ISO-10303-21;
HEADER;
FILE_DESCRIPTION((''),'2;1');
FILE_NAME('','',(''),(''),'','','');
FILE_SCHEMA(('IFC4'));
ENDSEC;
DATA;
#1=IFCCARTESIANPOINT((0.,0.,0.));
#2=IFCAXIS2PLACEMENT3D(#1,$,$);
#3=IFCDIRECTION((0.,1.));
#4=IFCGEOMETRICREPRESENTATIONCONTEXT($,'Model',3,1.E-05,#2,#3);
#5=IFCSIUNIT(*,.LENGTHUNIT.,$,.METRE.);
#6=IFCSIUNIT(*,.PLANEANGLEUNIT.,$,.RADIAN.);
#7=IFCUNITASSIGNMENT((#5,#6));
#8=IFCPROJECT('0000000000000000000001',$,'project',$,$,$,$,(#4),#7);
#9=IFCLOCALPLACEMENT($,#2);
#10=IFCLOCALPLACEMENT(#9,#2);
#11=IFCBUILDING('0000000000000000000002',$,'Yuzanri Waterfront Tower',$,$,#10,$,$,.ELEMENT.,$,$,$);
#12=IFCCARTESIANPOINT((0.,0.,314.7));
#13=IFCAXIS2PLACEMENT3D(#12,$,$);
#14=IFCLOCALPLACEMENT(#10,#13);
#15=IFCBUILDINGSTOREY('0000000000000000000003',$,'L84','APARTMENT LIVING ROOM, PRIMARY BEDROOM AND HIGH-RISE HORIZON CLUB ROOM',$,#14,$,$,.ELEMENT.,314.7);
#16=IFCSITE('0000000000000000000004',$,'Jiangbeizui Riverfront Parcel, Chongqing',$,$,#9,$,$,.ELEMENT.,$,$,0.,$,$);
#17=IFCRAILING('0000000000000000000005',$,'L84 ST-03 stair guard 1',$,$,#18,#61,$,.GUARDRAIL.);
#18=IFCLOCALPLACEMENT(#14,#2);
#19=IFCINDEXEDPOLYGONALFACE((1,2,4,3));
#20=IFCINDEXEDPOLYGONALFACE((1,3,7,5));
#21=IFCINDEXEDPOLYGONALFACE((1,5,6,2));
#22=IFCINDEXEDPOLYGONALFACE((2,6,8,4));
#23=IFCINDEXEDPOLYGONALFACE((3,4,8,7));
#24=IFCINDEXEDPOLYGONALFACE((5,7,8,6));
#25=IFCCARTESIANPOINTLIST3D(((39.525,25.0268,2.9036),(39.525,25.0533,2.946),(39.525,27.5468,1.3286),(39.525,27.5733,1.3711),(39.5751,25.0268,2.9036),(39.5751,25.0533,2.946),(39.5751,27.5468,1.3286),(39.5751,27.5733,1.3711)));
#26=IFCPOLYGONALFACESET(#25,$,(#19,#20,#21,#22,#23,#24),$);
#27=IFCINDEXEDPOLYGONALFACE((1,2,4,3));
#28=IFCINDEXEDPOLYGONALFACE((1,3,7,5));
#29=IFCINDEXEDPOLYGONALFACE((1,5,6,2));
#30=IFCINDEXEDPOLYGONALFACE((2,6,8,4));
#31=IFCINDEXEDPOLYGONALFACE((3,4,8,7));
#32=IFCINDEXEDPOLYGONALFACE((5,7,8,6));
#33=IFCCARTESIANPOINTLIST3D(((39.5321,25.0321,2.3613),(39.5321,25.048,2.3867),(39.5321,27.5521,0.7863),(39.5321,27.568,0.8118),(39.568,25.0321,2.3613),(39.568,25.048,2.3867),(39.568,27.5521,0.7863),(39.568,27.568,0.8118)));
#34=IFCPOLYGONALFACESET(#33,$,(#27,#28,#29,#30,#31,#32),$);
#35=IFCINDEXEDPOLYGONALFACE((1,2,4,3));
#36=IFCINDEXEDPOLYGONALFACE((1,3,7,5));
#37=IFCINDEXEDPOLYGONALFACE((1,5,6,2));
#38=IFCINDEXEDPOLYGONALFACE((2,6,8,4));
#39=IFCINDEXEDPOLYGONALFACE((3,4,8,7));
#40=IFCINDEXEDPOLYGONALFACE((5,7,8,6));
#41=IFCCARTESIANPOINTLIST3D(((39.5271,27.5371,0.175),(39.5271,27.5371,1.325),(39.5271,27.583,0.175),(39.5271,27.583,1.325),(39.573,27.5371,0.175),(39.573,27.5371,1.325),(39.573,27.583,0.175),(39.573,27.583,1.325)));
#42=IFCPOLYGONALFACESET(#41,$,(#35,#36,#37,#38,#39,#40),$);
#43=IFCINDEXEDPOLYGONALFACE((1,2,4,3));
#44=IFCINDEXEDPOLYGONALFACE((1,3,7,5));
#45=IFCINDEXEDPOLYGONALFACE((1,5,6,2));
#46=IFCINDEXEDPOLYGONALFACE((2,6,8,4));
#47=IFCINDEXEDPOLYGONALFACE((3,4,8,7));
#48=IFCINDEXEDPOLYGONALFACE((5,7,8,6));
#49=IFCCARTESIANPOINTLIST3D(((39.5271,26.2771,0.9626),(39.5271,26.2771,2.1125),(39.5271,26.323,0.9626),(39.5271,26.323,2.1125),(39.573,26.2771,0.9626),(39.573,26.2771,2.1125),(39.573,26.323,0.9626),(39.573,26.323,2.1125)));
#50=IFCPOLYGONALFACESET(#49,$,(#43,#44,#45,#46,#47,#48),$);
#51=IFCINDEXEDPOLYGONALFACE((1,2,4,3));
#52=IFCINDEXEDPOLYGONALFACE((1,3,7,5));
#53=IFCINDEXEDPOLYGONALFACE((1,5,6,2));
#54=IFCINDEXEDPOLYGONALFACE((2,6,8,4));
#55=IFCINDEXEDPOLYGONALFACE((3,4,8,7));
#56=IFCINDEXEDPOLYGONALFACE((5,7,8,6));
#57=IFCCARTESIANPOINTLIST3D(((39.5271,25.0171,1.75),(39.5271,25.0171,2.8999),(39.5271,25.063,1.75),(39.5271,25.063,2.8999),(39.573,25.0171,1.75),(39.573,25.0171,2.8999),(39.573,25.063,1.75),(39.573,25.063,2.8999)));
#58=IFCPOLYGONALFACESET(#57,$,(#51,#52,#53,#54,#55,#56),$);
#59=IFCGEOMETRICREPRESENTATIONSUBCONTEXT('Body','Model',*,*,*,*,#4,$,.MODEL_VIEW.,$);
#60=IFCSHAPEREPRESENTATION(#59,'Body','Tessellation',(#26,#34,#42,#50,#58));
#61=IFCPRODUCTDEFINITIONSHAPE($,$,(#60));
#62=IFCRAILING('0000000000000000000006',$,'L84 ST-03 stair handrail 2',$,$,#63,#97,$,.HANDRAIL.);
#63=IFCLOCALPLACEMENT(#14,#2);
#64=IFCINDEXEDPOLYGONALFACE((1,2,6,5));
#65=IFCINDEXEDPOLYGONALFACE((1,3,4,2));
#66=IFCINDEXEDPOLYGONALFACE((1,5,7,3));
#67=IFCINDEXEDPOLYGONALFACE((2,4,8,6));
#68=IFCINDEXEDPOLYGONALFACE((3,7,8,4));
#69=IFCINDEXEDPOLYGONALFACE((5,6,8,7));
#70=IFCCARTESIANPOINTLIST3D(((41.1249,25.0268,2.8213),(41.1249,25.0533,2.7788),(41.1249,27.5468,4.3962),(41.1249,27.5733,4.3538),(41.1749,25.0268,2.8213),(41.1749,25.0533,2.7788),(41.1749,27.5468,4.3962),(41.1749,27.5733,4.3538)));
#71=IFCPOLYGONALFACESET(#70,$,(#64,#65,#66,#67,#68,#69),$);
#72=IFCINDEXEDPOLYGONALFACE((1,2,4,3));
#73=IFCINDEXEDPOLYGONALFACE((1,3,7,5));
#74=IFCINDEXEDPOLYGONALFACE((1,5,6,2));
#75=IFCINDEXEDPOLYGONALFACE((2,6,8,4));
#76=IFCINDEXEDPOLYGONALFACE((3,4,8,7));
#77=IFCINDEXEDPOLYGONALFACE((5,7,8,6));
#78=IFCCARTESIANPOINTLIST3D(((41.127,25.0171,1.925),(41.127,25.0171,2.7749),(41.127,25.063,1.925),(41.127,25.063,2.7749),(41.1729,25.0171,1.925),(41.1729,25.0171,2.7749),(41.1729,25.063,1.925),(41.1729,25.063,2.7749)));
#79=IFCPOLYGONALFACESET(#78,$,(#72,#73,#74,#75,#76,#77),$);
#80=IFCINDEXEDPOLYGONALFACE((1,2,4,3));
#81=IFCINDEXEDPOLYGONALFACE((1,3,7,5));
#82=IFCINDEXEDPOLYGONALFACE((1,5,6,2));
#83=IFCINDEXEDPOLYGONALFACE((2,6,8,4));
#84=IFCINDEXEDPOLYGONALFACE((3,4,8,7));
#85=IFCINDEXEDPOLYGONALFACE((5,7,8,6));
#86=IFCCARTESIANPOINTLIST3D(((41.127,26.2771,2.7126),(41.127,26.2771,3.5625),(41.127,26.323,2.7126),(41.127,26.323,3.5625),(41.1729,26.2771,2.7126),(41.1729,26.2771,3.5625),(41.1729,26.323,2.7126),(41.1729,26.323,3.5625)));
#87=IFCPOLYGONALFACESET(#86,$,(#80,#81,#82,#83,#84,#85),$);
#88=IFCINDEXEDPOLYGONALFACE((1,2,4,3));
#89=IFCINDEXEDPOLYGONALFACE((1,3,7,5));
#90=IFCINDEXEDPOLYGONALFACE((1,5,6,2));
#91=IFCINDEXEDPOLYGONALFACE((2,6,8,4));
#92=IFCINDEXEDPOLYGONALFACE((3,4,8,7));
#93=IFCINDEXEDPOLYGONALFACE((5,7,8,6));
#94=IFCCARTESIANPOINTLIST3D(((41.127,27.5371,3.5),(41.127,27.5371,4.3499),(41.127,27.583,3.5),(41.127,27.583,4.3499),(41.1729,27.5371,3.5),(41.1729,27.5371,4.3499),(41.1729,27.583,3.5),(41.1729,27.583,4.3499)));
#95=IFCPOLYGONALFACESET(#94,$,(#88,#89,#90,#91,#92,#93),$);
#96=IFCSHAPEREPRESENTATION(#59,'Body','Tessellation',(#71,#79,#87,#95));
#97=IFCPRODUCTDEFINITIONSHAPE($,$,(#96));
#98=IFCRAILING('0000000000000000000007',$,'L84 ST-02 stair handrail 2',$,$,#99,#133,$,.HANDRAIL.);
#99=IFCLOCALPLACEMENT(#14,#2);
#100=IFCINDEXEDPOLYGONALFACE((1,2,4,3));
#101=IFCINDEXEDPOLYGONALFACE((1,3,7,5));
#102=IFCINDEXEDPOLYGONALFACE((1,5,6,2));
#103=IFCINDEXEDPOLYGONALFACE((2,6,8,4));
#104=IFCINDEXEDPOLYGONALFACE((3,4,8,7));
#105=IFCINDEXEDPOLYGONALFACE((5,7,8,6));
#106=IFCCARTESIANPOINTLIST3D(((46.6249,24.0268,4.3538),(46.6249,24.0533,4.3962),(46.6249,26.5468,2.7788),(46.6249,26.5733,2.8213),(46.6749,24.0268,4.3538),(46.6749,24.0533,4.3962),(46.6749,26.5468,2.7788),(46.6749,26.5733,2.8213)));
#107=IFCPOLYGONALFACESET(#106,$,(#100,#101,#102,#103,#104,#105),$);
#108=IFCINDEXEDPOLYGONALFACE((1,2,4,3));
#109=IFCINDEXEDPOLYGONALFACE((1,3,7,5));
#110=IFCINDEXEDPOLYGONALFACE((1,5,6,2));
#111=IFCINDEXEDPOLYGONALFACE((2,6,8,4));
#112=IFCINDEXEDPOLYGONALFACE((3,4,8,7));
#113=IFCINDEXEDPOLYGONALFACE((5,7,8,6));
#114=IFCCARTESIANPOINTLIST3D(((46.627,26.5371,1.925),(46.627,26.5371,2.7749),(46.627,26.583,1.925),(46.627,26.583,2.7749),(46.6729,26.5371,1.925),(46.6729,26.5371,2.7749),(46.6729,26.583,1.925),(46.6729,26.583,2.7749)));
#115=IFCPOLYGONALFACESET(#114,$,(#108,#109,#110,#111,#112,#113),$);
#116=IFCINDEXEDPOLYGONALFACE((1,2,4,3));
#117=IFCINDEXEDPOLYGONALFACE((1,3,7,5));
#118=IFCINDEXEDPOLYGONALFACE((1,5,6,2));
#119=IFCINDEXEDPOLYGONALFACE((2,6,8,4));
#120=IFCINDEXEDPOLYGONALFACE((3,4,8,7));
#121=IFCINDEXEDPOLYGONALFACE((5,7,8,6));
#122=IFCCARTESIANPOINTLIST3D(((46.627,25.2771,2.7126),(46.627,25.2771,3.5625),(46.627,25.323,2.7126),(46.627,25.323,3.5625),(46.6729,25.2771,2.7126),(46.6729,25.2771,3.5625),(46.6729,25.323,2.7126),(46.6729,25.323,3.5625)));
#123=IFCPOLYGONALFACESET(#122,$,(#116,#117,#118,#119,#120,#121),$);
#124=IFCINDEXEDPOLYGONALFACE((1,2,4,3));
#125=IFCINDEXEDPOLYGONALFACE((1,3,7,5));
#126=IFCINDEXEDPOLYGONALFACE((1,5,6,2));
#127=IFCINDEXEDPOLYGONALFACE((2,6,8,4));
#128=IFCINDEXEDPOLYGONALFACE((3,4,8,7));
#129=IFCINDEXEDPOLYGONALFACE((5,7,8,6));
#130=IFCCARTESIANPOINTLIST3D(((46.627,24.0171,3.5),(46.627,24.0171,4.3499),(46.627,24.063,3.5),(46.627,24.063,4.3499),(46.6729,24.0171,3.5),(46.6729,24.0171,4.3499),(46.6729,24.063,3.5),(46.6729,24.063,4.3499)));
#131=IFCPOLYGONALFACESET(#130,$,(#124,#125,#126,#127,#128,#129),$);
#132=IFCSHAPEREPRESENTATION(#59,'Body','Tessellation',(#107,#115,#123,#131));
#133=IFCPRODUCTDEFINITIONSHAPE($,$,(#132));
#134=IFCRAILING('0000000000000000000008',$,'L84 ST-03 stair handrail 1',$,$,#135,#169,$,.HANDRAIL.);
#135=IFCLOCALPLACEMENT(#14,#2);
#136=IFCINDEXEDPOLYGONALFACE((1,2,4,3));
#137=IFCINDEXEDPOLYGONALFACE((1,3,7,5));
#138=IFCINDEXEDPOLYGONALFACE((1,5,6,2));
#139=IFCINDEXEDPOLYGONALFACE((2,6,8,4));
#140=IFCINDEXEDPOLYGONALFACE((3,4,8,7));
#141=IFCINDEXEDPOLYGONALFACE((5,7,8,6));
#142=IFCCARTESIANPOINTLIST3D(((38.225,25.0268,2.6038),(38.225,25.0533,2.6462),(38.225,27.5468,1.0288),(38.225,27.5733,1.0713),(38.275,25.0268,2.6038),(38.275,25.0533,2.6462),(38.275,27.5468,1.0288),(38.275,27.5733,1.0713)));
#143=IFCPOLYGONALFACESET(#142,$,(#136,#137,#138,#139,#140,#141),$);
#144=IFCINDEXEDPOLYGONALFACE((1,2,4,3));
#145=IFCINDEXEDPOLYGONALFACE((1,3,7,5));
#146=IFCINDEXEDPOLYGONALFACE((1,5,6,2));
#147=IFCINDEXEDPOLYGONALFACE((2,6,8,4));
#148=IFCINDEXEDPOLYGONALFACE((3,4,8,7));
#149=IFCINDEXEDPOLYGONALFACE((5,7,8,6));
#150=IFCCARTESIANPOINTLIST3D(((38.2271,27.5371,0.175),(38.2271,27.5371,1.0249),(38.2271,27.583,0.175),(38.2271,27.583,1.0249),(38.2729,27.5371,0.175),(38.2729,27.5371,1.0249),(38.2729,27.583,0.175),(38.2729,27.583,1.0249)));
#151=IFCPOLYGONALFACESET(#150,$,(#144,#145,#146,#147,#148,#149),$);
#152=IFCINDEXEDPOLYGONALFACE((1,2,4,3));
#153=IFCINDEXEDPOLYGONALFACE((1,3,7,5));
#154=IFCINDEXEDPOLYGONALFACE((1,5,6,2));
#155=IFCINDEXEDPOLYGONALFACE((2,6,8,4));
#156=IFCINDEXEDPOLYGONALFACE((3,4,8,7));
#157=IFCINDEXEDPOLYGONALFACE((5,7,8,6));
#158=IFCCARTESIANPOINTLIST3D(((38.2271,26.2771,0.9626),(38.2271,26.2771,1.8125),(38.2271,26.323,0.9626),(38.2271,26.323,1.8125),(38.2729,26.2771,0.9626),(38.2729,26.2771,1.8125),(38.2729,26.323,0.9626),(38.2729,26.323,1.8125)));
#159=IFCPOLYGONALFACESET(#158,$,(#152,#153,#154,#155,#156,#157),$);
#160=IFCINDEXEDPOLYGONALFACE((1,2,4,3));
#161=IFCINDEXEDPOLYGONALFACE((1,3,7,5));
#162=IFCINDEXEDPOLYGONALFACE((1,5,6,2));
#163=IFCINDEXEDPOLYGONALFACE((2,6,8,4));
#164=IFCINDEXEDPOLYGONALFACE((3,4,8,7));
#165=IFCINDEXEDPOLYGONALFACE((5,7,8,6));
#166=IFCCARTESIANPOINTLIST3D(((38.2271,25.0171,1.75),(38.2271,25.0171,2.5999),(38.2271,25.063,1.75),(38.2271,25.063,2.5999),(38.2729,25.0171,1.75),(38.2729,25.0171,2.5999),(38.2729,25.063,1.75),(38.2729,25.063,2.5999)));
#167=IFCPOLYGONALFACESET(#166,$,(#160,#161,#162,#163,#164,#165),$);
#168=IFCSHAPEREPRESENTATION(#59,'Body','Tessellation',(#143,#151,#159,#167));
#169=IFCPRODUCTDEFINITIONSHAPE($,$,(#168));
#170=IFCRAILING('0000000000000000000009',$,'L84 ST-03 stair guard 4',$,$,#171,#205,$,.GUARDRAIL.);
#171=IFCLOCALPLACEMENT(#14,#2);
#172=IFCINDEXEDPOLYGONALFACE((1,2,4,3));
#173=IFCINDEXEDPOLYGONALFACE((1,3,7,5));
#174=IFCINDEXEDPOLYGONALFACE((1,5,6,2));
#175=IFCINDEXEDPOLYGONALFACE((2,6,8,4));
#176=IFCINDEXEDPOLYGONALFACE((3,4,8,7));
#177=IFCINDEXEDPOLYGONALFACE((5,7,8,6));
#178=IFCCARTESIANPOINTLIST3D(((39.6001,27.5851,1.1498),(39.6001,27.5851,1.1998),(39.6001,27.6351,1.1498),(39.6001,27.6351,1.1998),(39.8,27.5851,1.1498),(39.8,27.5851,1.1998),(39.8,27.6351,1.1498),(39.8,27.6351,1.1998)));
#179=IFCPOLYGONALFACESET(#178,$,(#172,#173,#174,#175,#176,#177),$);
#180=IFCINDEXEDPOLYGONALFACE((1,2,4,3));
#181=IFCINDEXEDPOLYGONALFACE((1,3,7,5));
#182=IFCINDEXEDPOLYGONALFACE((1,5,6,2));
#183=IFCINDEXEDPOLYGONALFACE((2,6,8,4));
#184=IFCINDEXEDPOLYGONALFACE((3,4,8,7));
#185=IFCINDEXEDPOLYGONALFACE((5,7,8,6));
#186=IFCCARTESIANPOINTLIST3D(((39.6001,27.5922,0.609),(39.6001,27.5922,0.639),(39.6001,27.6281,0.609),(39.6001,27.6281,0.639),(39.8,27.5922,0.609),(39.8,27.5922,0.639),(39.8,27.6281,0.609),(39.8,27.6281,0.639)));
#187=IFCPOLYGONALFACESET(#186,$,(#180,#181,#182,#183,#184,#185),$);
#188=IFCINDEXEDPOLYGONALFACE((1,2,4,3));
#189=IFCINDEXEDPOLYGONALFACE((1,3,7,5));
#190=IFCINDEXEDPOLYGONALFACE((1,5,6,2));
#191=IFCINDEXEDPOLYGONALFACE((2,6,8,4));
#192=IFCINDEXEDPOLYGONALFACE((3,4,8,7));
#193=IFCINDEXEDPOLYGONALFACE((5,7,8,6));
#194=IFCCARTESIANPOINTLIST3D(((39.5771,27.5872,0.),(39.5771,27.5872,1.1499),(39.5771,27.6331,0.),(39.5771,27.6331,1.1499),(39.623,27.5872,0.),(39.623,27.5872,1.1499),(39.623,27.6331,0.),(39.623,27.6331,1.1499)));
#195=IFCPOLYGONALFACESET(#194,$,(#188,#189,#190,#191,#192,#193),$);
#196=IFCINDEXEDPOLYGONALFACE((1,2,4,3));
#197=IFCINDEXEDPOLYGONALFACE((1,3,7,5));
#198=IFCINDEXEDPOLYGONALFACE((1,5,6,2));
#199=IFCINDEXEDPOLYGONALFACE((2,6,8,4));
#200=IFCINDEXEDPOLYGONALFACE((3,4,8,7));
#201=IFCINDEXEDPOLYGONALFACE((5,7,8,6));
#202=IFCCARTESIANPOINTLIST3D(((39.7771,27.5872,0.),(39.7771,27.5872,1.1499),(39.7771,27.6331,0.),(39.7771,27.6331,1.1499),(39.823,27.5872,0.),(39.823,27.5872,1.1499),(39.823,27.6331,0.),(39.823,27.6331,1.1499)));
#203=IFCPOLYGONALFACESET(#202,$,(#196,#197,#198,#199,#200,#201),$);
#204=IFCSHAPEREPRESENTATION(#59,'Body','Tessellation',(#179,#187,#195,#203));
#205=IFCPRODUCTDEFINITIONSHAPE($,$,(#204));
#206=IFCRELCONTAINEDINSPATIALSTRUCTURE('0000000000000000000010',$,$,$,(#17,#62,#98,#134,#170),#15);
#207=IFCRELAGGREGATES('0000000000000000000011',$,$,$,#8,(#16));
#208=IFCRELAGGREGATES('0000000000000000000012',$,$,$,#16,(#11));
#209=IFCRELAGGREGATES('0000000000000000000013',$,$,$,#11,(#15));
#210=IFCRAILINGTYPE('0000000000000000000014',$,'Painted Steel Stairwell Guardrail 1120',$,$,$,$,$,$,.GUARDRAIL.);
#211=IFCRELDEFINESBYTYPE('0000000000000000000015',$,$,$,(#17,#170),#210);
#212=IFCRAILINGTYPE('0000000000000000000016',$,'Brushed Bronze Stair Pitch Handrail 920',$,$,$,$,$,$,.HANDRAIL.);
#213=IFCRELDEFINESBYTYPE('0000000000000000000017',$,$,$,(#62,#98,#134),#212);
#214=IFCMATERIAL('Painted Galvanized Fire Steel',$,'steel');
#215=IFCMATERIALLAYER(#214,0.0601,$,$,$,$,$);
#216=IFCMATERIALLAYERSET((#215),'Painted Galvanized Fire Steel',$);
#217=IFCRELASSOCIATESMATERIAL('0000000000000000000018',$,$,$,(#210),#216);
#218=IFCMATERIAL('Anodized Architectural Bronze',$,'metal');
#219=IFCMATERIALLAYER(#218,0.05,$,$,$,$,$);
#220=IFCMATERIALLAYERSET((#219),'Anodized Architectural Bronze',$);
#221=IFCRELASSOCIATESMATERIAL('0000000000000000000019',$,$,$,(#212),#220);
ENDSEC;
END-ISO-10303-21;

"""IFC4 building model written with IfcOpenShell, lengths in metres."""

from ifc_helpers import new_model, si_unit, direction, frame, origin, origin_2d, place, context, subcontext, project, spatial, rectangle, extrude, source, transform, mapped, material, layer, layer_set, type_object, element, save


model = new_model("IFC4")

# Units and contexts
model_context = context("Model", 3, precision=1e-05, world=origin(), true_north=direction((0.0, 1.0)))
body_context = subcontext(model_context, "Body", "Model", "MODEL_VIEW")
ifc_project = project(units=[si_unit("LENGTHUNIT", "METRE"), si_unit("PLANEANGLEUNIT", "RADIAN")], contexts=[model_context])

# Site, building, storey
site_placement = place(None, origin())
site = spatial("IfcSite", under=ifc_project, at=site_placement, Name="Jiangbeizui Riverfront Parcel, Chongqing", CompositionType="ELEMENT", RefElevation=0.0)
building_placement = place(site_placement, origin())
building = spatial("IfcBuilding", under=site, at=building_placement, Name="Yuzanri Waterfront Tower", CompositionType="ELEMENT")
storey_placement = place(building_placement, frame((0.0, 0.0, 314.7)))
storey = spatial("IfcBuildingStorey", under=building, at=storey_placement, Name="L84", Description="APARTMENT LIVING ROOM, PRIMARY BEDROOM AND HIGH-RISE HORIZON CLUB ROOM", CompositionType="ELEMENT", Elevation=314.7)

# Railings
ifc_material_1 = material(Name="Painted Galvanized Fire Steel", Category="steel")
ifc_layer_1 = layer(ifc_material_1, 0.0601)
ifc_layer_set_1 = layer_set([ifc_layer_1], Name="Painted Galvanized Fire Steel")
railing_type_1 = type_object("IfcRailingType", Name="Painted Steel Stairwell Guardrail 1120", PredefinedType="GUARDRAIL", material=ifc_layer_set_1)
shared_shape_1 = source(origin(), body_context, "Body", "SweptSolid", [
    extrude(rectangle(XDim=0.05, YDim=0.05, at=origin_2d()), frame((0.0, 0.0, 1.1748), z_axis=(0.0, -0.848008, 0.529984), x_axis=(1.0, 0.0, 0.0)), (0.0, 0.0, 1.0), 2.9717),
    extrude(rectangle(XDim=0.0359, YDim=0.03, at=origin_2d()), frame((0.0, 0.0, 0.624), z_axis=(0.0, -0.848008, 0.529984), x_axis=(1.0, 0.0, 0.0)), (0.0, 0.0, 1.0), 2.9717),
    extrude(rectangle(XDim=0.0459, YDim=0.0459, at=origin_2d()), origin(), (0.0, 0.0, 1.0), 1.1499),
    extrude(rectangle(XDim=0.0459, YDim=0.0459, at=origin_2d()), frame((0.0, -1.26, 0.7876)), (0.0, 0.0, 1.0), 1.1499),
    extrude(rectangle(XDim=0.0459, YDim=0.0459, at=origin_2d()), frame((0.0, -2.52, 1.575)), (0.0, 0.0, 1.0), 1.1499),
])
for number, where, name in (
    (1, (39.55, 27.5601, 0.175), "L84 ST-03 stair guard 1"),
):
    element("IfcRailing", number, at=place(storey_placement, frame(where)), inside=storey, type_object=railing_type_1, Name=name, PredefinedType="GUARDRAIL", context=body_context, shape_type="MappedRepresentation", body=[
        mapped(shared_shape_1, transform((0.0, 0.0, 0.0), scale=1.0)),
    ])
ifc_material_2 = material(Name="Anodized Architectural Bronze", Category="metal")
ifc_layer_2 = layer(ifc_material_2, 0.05)
ifc_layer_set_2 = layer_set([ifc_layer_2], Name="Anodized Architectural Bronze")
railing_type_2 = type_object("IfcRailingType", Name="Brushed Bronze Stair Pitch Handrail 920", PredefinedType="HANDRAIL", material=ifc_layer_set_2)
shared_shape_2 = source(origin(), body_context, "Body", "SweptSolid", [
    extrude(rectangle(XDim=0.05, YDim=0.05, at=origin_2d()), frame((0.0, 0.0, 0.875), z_axis=(0.0, 0.848008, 0.529984), x_axis=(-1.0, 0.0, 0.0)), (0.0, 0.0, 1.0), 2.9717),
    extrude(rectangle(XDim=0.0459, YDim=0.0459, at=origin_2d()), origin(), (0.0, 0.0, 1.0), 0.8499),
    extrude(rectangle(XDim=0.0459, YDim=0.0459, at=origin_2d()), frame((0.0, 1.26, 0.7876)), (0.0, 0.0, 1.0), 0.8499),
    extrude(rectangle(XDim=0.0459, YDim=0.0459, at=origin_2d()), frame((0.0, 2.52, 1.575)), (0.0, 0.0, 1.0), 0.8499),
])
railing_1_placement = place(storey_placement, frame((41.1499, 25.04, 1.925)))
element("IfcRailing", 2, at=railing_1_placement, inside=storey, type_object=railing_type_2, Name="L84 ST-03 stair handrail 2", PredefinedType="HANDRAIL", context=body_context, shape_type="MappedRepresentation", body=[
    mapped(shared_shape_2, transform((0.0, 0.0, 0.0), scale=1.0)),
])
shared_shape_3 = source(origin(), body_context, "Body", "SweptSolid", [
    extrude(rectangle(XDim=0.05, YDim=0.05, at=origin_2d()), frame((0.0, 0.0, 0.875), z_axis=(0.0, -0.848008, 0.529984), x_axis=(1.0, 0.0, 0.0)), (0.0, 0.0, 1.0), 2.9717),
    extrude(rectangle(XDim=0.0459, YDim=0.0459, at=origin_2d()), origin(), (0.0, 0.0, 1.0), 0.8499),
    extrude(rectangle(XDim=0.0459, YDim=0.0459, at=origin_2d()), frame((0.0, -1.26, 0.7876)), (0.0, 0.0, 1.0), 0.8499),
    extrude(rectangle(XDim=0.0459, YDim=0.0459, at=origin_2d()), frame((0.0, -2.52, 1.575)), (0.0, 0.0, 1.0), 0.8499),
])
for number, where, name in (
    (3, (46.6499, 26.5601, 1.925), "L84 ST-02 stair handrail 2"),
    (4, (38.25, 27.5601, 0.175), "L84 ST-03 stair handrail 1"),
):
    element("IfcRailing", number, at=place(storey_placement, frame(where)), inside=storey, type_object=railing_type_2, Name=name, PredefinedType="HANDRAIL", context=body_context, shape_type="MappedRepresentation", body=[
        mapped(shared_shape_3, transform((0.0, 0.0, 0.0), scale=1.0)),
    ])
shared_shape_4 = source(origin(), body_context, "Body", "SweptSolid", [
    extrude(rectangle(XDim=0.05, YDim=0.05, at=origin_2d()), frame((0.0, 0.0, 1.1748), z_axis=(1.0, 0.0, 0.0), x_axis=(0.0, 1.0, 0.0)), (0.0, 0.0, 1.0), 0.2),
    extrude(rectangle(XDim=0.0359, YDim=0.03, at=origin_2d()), frame((0.0, 0.0, 0.624), z_axis=(1.0, 0.0, 0.0), x_axis=(0.0, 1.0, 0.0)), (0.0, 0.0, 1.0), 0.2),
    extrude(rectangle(XDim=0.0459, YDim=0.0459, at=origin_2d()), origin(), (0.0, 0.0, 1.0), 1.1499),
    extrude(rectangle(XDim=0.0459, YDim=0.0459, at=origin_2d()), frame((0.2, 0.0, 0.0)), (0.0, 0.0, 1.0), 1.1499),
])
railing_2_placement = place(storey_placement, frame((39.6001, 27.6101, 0.0)))
element("IfcRailing", 5, at=railing_2_placement, inside=storey, type_object=railing_type_1, Name="L84 ST-03 stair guard 4", PredefinedType="GUARDRAIL", context=body_context, shape_type="MappedRepresentation", body=[
    mapped(shared_shape_4, transform((0.0, 0.0, 0.0), scale=1.0)),
])

save(model, "model.ifc")
